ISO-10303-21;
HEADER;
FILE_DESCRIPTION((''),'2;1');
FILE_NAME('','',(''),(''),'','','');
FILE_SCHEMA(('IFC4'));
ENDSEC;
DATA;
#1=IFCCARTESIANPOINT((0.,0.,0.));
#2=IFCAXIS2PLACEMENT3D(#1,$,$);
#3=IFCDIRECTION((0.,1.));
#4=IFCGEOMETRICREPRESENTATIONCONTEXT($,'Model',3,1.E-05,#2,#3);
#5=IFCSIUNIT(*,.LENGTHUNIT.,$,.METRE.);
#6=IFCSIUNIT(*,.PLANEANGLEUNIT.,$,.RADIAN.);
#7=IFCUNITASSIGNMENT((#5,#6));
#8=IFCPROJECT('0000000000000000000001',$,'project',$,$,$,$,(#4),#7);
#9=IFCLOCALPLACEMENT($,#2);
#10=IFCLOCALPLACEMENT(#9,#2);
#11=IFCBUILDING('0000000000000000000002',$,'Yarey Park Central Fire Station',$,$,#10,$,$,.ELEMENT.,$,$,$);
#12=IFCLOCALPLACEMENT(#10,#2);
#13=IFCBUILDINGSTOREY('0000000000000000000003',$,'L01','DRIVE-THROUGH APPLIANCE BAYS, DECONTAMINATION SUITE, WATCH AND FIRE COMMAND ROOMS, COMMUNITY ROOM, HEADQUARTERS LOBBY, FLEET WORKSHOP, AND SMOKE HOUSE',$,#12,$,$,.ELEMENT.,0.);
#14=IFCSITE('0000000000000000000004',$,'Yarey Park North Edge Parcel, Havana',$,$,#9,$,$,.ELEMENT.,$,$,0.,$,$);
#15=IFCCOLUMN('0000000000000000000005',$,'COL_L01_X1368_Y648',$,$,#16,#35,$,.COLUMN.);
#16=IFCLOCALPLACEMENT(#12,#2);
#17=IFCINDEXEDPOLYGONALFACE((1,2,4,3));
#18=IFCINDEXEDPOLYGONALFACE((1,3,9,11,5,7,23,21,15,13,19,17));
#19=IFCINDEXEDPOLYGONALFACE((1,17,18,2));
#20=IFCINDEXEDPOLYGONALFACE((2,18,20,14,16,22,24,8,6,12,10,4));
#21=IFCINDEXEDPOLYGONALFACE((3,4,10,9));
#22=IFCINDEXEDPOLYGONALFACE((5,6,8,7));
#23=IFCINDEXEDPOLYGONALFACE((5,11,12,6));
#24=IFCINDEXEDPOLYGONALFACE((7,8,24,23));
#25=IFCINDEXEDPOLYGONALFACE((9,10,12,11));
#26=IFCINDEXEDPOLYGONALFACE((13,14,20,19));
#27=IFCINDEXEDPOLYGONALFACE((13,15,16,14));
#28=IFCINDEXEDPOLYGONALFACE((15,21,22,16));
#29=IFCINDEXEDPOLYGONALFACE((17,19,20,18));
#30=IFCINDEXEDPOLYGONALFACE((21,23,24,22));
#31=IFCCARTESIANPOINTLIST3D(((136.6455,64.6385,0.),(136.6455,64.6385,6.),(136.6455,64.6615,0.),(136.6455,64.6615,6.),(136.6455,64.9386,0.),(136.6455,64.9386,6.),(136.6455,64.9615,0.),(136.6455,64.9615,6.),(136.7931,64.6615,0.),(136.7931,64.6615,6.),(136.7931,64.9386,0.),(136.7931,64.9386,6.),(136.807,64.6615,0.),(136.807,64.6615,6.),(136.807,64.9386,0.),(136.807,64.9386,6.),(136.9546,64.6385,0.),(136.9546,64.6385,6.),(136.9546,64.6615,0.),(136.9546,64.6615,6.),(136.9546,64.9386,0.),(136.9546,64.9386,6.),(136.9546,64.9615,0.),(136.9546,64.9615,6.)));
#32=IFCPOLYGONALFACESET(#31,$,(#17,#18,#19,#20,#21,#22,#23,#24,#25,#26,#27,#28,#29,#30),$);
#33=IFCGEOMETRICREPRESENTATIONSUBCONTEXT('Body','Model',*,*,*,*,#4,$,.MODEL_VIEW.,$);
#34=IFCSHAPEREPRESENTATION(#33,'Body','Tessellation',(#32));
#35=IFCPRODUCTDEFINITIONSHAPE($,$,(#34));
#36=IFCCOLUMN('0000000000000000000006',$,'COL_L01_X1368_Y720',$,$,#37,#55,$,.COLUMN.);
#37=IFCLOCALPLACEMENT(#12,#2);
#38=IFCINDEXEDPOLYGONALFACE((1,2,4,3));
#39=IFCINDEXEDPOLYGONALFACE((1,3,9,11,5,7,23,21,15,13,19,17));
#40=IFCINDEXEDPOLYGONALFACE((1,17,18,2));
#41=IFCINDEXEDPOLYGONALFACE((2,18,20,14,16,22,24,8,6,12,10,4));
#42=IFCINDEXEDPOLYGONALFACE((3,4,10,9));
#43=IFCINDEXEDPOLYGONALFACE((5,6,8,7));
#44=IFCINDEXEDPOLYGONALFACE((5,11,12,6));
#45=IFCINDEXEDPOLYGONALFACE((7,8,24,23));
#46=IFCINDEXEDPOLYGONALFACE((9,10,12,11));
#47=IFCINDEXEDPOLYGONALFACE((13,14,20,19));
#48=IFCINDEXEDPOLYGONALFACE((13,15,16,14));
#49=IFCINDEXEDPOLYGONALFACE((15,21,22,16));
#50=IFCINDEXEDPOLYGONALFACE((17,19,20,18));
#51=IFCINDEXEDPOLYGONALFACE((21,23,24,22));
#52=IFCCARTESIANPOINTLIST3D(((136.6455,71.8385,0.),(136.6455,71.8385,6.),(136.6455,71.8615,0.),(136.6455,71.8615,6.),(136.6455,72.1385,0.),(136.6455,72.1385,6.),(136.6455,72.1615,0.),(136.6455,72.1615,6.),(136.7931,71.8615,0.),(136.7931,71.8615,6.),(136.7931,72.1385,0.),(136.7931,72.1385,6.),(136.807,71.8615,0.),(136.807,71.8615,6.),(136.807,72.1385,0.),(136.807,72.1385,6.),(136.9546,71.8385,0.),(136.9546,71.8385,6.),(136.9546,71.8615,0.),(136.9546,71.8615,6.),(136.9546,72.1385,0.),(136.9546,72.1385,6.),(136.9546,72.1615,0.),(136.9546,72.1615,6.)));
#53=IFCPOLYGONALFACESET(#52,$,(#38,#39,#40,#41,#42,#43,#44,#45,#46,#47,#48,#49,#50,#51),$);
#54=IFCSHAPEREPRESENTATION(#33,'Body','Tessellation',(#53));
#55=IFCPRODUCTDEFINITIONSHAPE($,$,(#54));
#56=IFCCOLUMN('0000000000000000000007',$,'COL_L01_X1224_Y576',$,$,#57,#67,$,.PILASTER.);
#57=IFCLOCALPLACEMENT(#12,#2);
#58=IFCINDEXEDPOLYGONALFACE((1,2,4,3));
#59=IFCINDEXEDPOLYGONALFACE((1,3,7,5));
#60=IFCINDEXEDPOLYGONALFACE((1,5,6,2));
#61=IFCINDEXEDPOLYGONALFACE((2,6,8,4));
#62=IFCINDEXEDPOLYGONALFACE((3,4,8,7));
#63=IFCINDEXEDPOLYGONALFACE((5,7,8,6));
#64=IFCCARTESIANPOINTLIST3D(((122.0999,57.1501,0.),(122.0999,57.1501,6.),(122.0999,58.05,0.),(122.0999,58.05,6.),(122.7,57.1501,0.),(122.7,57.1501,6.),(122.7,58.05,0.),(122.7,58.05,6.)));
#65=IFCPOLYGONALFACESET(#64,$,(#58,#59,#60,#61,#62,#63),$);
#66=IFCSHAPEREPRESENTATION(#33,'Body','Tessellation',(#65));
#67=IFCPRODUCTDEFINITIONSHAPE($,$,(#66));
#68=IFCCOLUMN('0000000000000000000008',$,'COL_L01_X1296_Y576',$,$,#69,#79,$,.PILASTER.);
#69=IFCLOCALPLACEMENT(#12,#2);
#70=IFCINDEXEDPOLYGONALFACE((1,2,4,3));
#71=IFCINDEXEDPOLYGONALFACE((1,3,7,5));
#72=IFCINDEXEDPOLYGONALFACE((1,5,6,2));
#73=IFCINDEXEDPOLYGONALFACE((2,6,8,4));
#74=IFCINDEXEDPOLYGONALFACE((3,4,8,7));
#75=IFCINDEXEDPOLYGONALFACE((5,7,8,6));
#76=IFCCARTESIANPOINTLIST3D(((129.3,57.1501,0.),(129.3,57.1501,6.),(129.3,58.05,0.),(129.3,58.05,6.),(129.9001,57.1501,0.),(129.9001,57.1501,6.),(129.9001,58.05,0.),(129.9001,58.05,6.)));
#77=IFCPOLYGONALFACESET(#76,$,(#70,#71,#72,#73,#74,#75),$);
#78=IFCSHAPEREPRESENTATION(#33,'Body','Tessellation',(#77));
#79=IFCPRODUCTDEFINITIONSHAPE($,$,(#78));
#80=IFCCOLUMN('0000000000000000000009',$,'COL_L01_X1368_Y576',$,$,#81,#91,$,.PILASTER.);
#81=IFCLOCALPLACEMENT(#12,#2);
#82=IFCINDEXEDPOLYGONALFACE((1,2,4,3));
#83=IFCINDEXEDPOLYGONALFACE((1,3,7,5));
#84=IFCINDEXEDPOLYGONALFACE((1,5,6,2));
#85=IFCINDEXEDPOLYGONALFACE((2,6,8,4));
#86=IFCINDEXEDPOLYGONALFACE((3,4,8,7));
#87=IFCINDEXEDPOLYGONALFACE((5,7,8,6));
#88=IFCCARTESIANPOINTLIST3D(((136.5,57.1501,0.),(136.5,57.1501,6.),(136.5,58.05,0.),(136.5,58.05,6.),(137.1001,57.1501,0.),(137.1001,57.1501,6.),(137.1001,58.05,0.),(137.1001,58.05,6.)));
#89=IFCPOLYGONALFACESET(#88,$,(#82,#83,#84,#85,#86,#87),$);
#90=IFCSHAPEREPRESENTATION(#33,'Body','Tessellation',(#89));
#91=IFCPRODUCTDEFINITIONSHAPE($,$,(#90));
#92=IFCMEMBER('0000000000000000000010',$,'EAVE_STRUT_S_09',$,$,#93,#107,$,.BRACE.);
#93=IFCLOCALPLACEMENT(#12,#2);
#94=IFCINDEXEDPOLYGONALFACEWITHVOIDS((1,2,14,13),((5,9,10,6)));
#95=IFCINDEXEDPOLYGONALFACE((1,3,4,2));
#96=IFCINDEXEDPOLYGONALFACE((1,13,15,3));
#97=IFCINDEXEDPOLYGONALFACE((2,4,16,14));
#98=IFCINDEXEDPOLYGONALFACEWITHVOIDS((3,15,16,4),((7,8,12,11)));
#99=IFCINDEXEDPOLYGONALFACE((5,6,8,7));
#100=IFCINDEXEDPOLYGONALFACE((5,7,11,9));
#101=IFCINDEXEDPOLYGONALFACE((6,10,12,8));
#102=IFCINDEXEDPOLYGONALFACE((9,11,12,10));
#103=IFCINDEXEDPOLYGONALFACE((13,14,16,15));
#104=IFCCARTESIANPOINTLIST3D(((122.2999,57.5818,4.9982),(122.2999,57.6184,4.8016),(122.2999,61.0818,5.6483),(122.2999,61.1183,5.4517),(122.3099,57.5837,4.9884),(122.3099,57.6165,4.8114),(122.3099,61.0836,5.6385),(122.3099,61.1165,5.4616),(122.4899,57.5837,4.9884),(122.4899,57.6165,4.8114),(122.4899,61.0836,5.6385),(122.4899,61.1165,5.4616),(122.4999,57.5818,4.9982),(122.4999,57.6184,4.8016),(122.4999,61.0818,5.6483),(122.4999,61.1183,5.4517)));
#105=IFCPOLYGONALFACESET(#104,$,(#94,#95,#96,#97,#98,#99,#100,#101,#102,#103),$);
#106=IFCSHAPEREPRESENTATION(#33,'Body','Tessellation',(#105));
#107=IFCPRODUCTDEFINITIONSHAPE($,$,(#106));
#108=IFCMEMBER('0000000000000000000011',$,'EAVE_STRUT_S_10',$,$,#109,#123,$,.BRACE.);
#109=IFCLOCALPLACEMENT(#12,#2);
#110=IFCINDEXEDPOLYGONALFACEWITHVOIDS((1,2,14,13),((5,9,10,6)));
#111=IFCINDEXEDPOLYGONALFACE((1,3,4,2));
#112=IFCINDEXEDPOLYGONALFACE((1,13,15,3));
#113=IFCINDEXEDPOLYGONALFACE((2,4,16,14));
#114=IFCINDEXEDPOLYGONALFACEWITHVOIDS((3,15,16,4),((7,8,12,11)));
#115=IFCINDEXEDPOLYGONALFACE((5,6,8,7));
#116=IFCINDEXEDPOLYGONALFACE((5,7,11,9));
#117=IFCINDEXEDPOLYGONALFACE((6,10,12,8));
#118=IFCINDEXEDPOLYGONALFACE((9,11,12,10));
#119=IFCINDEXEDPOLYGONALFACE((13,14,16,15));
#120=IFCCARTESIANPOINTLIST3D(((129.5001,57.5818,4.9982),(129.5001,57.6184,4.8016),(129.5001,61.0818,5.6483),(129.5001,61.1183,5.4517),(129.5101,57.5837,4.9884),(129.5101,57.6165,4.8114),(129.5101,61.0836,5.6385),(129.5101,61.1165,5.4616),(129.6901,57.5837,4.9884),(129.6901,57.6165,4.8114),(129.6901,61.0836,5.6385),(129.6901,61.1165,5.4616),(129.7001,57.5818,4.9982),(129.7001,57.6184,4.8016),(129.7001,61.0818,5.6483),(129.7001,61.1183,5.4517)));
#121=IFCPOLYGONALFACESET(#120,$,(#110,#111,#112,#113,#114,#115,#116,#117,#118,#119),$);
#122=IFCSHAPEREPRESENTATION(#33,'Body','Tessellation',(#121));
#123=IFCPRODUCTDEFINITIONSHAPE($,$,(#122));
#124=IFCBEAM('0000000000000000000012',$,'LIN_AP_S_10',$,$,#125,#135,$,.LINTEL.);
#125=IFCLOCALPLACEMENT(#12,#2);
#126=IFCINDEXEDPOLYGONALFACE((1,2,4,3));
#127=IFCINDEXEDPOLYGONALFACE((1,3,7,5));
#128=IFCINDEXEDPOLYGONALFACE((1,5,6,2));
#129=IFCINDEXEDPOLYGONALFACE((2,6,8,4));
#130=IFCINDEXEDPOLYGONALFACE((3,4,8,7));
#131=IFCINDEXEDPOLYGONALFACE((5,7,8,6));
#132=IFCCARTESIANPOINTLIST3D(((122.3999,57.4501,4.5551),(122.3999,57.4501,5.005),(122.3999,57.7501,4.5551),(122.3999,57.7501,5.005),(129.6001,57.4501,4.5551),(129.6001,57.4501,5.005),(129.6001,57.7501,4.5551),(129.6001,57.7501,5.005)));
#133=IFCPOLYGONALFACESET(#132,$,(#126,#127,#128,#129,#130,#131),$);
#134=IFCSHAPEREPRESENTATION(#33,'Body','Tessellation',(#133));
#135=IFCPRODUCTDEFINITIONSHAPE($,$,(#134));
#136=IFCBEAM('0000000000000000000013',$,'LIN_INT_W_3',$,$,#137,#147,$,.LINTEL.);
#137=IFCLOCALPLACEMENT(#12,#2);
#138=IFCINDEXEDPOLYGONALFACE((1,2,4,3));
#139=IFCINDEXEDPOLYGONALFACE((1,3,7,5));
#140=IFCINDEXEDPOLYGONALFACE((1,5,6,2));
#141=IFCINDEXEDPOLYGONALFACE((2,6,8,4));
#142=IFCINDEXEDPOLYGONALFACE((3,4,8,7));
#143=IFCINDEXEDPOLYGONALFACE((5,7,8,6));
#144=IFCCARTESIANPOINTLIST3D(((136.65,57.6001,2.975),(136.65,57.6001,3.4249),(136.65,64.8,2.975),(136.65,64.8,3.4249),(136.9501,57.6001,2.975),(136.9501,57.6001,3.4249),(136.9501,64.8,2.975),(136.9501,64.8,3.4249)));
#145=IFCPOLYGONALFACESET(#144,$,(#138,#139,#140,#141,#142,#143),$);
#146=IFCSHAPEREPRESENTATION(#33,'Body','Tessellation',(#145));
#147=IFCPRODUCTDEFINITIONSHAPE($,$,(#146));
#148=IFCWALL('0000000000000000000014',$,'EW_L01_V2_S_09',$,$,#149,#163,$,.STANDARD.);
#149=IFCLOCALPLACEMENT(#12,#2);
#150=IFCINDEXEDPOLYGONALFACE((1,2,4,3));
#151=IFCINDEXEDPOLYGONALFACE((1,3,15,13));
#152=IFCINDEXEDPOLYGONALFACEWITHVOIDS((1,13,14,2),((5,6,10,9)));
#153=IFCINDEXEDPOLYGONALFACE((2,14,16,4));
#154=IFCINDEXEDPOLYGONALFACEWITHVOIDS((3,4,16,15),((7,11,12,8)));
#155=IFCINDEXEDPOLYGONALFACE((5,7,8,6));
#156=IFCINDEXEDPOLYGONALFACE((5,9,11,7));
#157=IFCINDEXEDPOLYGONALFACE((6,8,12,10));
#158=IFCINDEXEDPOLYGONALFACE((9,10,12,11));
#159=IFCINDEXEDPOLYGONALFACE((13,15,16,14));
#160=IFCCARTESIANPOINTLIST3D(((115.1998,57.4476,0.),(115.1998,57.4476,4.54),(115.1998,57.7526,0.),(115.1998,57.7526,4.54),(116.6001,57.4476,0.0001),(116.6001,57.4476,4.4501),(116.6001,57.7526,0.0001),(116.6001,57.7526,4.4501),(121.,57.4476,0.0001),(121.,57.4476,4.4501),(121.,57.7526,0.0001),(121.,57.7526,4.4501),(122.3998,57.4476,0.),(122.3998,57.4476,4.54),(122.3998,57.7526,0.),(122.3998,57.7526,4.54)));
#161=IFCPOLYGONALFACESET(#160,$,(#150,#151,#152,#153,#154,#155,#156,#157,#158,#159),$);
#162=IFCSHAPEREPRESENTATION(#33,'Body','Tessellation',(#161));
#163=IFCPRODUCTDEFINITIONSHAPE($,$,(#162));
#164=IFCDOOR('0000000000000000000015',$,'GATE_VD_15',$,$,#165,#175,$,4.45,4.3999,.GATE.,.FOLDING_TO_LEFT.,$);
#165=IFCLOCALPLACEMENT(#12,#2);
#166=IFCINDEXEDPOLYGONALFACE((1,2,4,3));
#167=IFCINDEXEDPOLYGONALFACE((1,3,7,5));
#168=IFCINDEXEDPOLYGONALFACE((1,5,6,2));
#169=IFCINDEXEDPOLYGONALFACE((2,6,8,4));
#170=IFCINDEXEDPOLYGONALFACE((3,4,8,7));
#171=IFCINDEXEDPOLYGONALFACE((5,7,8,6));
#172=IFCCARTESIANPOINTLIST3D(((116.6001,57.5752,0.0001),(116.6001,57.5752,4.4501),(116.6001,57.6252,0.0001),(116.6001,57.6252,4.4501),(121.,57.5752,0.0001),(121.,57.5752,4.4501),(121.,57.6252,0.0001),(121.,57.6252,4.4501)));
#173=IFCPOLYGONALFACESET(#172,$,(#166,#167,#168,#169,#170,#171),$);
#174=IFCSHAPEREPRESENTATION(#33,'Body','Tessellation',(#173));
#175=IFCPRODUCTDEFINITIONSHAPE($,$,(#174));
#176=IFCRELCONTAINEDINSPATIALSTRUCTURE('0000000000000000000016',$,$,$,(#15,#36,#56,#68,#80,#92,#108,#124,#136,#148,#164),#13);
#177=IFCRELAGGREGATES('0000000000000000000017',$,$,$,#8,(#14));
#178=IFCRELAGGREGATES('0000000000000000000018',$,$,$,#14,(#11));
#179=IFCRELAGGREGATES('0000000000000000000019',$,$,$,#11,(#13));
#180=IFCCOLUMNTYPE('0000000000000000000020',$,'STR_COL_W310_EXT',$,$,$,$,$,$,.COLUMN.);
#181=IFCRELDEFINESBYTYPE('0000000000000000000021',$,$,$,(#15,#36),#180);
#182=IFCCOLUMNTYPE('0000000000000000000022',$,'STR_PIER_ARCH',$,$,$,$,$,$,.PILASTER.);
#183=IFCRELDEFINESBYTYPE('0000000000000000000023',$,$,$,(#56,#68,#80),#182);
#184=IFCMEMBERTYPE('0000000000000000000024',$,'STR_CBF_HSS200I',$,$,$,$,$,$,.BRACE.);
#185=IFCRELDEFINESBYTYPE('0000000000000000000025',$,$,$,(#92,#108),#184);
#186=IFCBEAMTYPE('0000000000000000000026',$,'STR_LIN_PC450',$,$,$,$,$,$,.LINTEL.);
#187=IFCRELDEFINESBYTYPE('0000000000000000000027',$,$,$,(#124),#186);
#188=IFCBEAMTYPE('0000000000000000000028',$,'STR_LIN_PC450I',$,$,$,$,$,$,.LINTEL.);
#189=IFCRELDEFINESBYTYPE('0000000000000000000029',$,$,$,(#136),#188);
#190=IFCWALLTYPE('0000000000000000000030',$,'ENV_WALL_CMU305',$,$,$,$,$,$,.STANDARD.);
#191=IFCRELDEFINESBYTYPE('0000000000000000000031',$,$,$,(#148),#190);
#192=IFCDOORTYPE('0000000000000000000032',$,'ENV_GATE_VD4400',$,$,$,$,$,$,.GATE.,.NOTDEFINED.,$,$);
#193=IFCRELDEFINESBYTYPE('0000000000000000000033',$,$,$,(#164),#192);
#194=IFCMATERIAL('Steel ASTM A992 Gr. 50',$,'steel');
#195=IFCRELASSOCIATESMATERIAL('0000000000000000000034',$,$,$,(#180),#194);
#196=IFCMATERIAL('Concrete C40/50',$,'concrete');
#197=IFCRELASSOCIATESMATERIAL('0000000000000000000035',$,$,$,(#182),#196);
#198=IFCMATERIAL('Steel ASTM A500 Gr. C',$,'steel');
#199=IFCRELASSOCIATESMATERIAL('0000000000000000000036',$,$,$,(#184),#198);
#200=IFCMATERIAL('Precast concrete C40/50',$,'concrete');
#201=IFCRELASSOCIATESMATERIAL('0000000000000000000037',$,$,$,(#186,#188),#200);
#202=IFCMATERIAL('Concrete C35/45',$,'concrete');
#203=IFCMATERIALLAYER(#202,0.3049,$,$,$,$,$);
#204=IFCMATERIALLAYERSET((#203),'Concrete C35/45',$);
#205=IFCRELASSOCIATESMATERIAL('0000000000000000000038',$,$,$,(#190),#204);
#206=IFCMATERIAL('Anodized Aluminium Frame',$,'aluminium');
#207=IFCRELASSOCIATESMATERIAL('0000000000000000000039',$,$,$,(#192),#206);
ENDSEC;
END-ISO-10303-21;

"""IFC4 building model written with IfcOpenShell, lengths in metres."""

from ifc_helpers import new_model, si_unit, direction, frame, frame_2d, origin, origin_2d, place, context, subcontext, project, spatial, rectangle, hollow_rectangle, i_section, extrude, material, layer, layer_set, material_profile, profile_set, type_object, element, fill, save


model = new_model("IFC4")

# Units and contexts
model_context = context("Model", 3, precision=1e-05, world=origin(), true_north=direction((0.0, 1.0)))
body_context = subcontext(model_context, "Body", "Model", "MODEL_VIEW")
ifc_project = project(units=[si_unit("LENGTHUNIT", "METRE"), si_unit("PLANEANGLEUNIT", "RADIAN")], contexts=[model_context])

# Site, building, storey
site_placement = place(None, origin())
site = spatial("IfcSite", under=ifc_project, at=site_placement, Name="Yarey Park North Edge Parcel, Havana", CompositionType="ELEMENT", RefElevation=0.0)
building_placement = place(site_placement, origin())
building = spatial("IfcBuilding", under=site, at=building_placement, Name="Yarey Park Central Fire Station", CompositionType="ELEMENT")
storey_placement = place(building_placement, origin())
storey = spatial("IfcBuildingStorey", under=building, at=storey_placement, Name="L01", Description="DRIVE-THROUGH APPLIANCE BAYS, DECONTAMINATION SUITE, WATCH AND FIRE COMMAND ROOMS, COMMUNITY ROOM, HEADQUARTERS LOBBY, FLEET WORKSHOP, AND SMOKE HOUSE", CompositionType="ELEMENT", Elevation=0.0)

# Shared definitions
ifc_material_1 = material(Name="Concrete C35/45", Category="concrete")

# Columns
ifc_material_2 = material(Name="Steel ASTM A992 Gr. 50", Category="steel")
ifc_material_profile_1 = material_profile(ifc_material_2, i_section(OverallWidth=0.3091, OverallDepth=0.323, WebThickness=0.0139, FlangeThickness=0.0229, at=origin_2d()), Name="W310x143")
ifc_profile_set_1 = profile_set([ifc_material_profile_1], Name="Steel ASTM A992 Gr. 50")
column_type_1 = type_object("IfcColumnType", Name="STR_COL_W310_EXT", PredefinedType="COLUMN", material=ifc_profile_set_1)
for number, where, z_axis, x_axis, name in (
    (1, (136.8, 64.8, 0.0), (0.0, 0.0, 1.0), (1.0, 0.0, 0.0), "COL_L01_X1368_Y648"),
    (2, (136.8, 72.0, 0.0), (0.0, 0.0, 1.0), (1.0, 0.0, 0.0), "COL_L01_X1368_Y720"),
):
    element("IfcColumn", number, at=place(storey_placement, frame(where, z_axis=z_axis, x_axis=x_axis)), inside=storey, type_object=column_type_1, Name=name, PredefinedType="COLUMN", context=body_context, shape_type="SweptSolid", body=[
        extrude(i_section(OverallWidth=0.3091, OverallDepth=0.323, WebThickness=0.0139, FlangeThickness=0.0229, at=origin_2d()), origin(), (0.0, 0.0, 1.0), 6.0),
    ])
ifc_material_3 = material(Name="Concrete C40/50", Category="concrete")
ifc_material_profile_2 = material_profile(ifc_material_3, rectangle(XDim=0.6001, YDim=0.8999, at=origin_2d()), Name="RC 900x600")
ifc_profile_set_2 = profile_set([ifc_material_profile_2], Name="Concrete C40/50")
column_type_2 = type_object("IfcColumnType", Name="STR_PIER_ARCH", PredefinedType="PILASTER", material=ifc_profile_set_2)
for number, where, z_axis, x_axis, name in (
    (3, (122.3999, 57.6001, 0.0), (0.0, 0.0, 1.0), (1.0, 0.0, 0.0), "COL_L01_X1224_Y576"),
    (4, (129.6001, 57.6001, 0.0), (0.0, 0.0, 1.0), (1.0, 0.0, 0.0), "COL_L01_X1296_Y576"),
    (5, (136.8, 57.6001, 0.0), (0.0, 0.0, 1.0), (1.0, 0.0, 0.0), "COL_L01_X1368_Y576"),
):
    element("IfcColumn", number, at=place(storey_placement, frame(where, z_axis=z_axis, x_axis=x_axis)), inside=storey, type_object=column_type_2, Name=name, PredefinedType="PILASTER", context=body_context, shape_type="SweptSolid", body=[
        extrude(rectangle(XDim=0.6001, YDim=0.8999, at=origin_2d()), origin(), (0.0, 0.0, 1.0), 6.0),
    ])

# Members
ifc_material_4 = material(Name="Steel ASTM A500 Gr. C", Category="steel")
ifc_material_profile_3 = material_profile(ifc_material_4, hollow_rectangle(XDim=0.2, YDim=0.2, WallThickness=0.01, at=origin_2d()), Name="HSS 200x200x10")
ifc_profile_set_3 = profile_set([ifc_material_profile_3], Name="Steel ASTM A500 Gr. C")
member_type = type_object("IfcMemberType", Name="STR_CBF_HSS200I", PredefinedType="BRACE", material=ifc_profile_set_3)
for number, where, z_axis, x_axis, name in (
    (6, (122.3999, 57.6001, 4.8999), (0.0, 0.983181, 0.182632), (-1.0, 0.0, 0.0), "EAVE_STRUT_S_09"),
    (7, (129.6001, 57.6001, 4.8999), (0.0, 0.983181, 0.182632), (-1.0, 0.0, 0.0), "EAVE_STRUT_S_10"),
):
    element("IfcMember", number, at=place(storey_placement, frame(where, z_axis=z_axis, x_axis=x_axis)), inside=storey, type_object=member_type, Name=name, PredefinedType="BRACE", context=body_context, shape_type="SweptSolid", body=[
        extrude(hollow_rectangle(XDim=0.2, YDim=0.2, WallThickness=0.01, at=origin_2d()), origin(), (0.0, 0.0, 1.0), 3.5598),
    ])

# Beams
ifc_material_5 = material(Name="Precast concrete C40/50", Category="concrete")
ifc_material_profile_4 = material_profile(ifc_material_5, rectangle(XDim=0.3, YDim=0.45, at=origin_2d()), Name="PC 300x450")
ifc_profile_set_4 = profile_set([ifc_material_profile_4], Name="Precast concrete C40/50")
beam_type_1 = type_object("IfcBeamType", Name="STR_LIN_PC450", PredefinedType="LINTEL", material=ifc_profile_set_4)
beam_1_placement = place(storey_placement, frame((122.3999, 57.6001, 4.78), z_axis=(1.0, 0.0, 0.0), x_axis=(0.0, 1.0, 0.0)))
element("IfcBeam", 8, at=beam_1_placement, inside=storey, type_object=beam_type_1, Name="LIN_AP_S_10", PredefinedType="LINTEL", context=body_context, shape_type="SweptSolid", body=[
    extrude(rectangle(XDim=0.3, YDim=0.45, at=origin_2d()), origin(), (0.0, 0.0, 1.0), 7.2002),
])
ifc_material_profile_5 = material_profile(ifc_material_5, rectangle(XDim=0.3, YDim=0.45, at=origin_2d()), Name="PC 300x450")
ifc_profile_set_5 = profile_set([ifc_material_profile_5], Name="Precast concrete C40/50")
beam_type_2 = type_object("IfcBeamType", Name="STR_LIN_PC450I", PredefinedType="LINTEL", material=ifc_profile_set_5)
beam_2_placement = place(storey_placement, frame((136.8, 57.6001, 3.2), z_axis=(0.0, 1.0, 0.0), x_axis=(-1.0, 0.0, 0.0)))
element("IfcBeam", 9, at=beam_2_placement, inside=storey, type_object=beam_type_2, Name="LIN_INT_W_3", PredefinedType="LINTEL", context=body_context, shape_type="SweptSolid", body=[
    extrude(rectangle(XDim=0.3, YDim=0.45, at=origin_2d()), origin(), (0.0, 0.0, 1.0), 7.2),
])

# Wall, opening, door
ifc_layer_1 = layer(ifc_material_1, 0.3049)
ifc_layer_set_1 = layer_set([ifc_layer_1], Name="Concrete C35/45")
wall_type_1 = type_object("IfcWallType", Name="ENV_WALL_CMU305", PredefinedType="STANDARD", material=ifc_layer_set_1)
wall_1_placement = place(storey_placement, frame((122.3999, 57.6001, 0.0), z_axis=(0.0, 0.0, 1.0), x_axis=(-1.0, 0.0, 0.0)))
wall_1 = element("IfcWall", 10, at=wall_1_placement, inside=storey, type_object=wall_type_1, Name="EW_L01_V2_S_09", PredefinedType="STANDARD", context=body_context, shape_type="SweptSolid", body=[
    extrude(rectangle(XDim=7.2, YDim=0.3049, at=frame_2d((3.6001, 0.0))), origin(), (0.0, 0.0, 1.0), 4.54),
])
opening_1_placement = place(wall_1_placement, frame((1.3999, 0.0, 0.0)))
opening_1 = element("IfcOpeningElement", 11, at=opening_1_placement, cuts=wall_1, PredefinedType="OPENING", context=body_context, shape_type="SweptSolid", body=[
    extrude(rectangle(XDim=4.3999, YDim=4.45, at=frame_2d((2.2, 2.2251))), frame((0.0, 0.1624, 0.0), z_axis=(0.0, -1.0, 0.0), x_axis=(1.0, 0.0, 0.0)), (0.0, 0.0, 1.0), 0.325),
])
ifc_material_6 = material(Name="Anodized Aluminium Frame", Category="aluminium")
door_type_1 = type_object("IfcDoorType", Name="ENV_GATE_VD4400", OperationType="NOTDEFINED", PredefinedType="GATE", material=ifc_material_6)
door_1_placement = place(opening_1_placement, origin())
door_1 = element("IfcDoor", 12, at=door_1_placement, inside=storey, type_object=door_type_1, Name="GATE_VD_15", OperationType="FOLDING_TO_LEFT", OverallHeight=4.45, OverallWidth=4.3999, PredefinedType="GATE", context=body_context, shape_type="SweptSolid", body=[
    extrude(rectangle(XDim=4.3999, YDim=4.45, at=frame_2d((2.2, 2.2251))), frame((0.0, 0.0249, 0.0), z_axis=(0.0, -1.0, 0.0), x_axis=(1.0, 0.0, 0.0)), (0.0, 0.0, 1.0), 0.05),
])
fill(opening_1, door_1)

save(model, "model.ifc")
